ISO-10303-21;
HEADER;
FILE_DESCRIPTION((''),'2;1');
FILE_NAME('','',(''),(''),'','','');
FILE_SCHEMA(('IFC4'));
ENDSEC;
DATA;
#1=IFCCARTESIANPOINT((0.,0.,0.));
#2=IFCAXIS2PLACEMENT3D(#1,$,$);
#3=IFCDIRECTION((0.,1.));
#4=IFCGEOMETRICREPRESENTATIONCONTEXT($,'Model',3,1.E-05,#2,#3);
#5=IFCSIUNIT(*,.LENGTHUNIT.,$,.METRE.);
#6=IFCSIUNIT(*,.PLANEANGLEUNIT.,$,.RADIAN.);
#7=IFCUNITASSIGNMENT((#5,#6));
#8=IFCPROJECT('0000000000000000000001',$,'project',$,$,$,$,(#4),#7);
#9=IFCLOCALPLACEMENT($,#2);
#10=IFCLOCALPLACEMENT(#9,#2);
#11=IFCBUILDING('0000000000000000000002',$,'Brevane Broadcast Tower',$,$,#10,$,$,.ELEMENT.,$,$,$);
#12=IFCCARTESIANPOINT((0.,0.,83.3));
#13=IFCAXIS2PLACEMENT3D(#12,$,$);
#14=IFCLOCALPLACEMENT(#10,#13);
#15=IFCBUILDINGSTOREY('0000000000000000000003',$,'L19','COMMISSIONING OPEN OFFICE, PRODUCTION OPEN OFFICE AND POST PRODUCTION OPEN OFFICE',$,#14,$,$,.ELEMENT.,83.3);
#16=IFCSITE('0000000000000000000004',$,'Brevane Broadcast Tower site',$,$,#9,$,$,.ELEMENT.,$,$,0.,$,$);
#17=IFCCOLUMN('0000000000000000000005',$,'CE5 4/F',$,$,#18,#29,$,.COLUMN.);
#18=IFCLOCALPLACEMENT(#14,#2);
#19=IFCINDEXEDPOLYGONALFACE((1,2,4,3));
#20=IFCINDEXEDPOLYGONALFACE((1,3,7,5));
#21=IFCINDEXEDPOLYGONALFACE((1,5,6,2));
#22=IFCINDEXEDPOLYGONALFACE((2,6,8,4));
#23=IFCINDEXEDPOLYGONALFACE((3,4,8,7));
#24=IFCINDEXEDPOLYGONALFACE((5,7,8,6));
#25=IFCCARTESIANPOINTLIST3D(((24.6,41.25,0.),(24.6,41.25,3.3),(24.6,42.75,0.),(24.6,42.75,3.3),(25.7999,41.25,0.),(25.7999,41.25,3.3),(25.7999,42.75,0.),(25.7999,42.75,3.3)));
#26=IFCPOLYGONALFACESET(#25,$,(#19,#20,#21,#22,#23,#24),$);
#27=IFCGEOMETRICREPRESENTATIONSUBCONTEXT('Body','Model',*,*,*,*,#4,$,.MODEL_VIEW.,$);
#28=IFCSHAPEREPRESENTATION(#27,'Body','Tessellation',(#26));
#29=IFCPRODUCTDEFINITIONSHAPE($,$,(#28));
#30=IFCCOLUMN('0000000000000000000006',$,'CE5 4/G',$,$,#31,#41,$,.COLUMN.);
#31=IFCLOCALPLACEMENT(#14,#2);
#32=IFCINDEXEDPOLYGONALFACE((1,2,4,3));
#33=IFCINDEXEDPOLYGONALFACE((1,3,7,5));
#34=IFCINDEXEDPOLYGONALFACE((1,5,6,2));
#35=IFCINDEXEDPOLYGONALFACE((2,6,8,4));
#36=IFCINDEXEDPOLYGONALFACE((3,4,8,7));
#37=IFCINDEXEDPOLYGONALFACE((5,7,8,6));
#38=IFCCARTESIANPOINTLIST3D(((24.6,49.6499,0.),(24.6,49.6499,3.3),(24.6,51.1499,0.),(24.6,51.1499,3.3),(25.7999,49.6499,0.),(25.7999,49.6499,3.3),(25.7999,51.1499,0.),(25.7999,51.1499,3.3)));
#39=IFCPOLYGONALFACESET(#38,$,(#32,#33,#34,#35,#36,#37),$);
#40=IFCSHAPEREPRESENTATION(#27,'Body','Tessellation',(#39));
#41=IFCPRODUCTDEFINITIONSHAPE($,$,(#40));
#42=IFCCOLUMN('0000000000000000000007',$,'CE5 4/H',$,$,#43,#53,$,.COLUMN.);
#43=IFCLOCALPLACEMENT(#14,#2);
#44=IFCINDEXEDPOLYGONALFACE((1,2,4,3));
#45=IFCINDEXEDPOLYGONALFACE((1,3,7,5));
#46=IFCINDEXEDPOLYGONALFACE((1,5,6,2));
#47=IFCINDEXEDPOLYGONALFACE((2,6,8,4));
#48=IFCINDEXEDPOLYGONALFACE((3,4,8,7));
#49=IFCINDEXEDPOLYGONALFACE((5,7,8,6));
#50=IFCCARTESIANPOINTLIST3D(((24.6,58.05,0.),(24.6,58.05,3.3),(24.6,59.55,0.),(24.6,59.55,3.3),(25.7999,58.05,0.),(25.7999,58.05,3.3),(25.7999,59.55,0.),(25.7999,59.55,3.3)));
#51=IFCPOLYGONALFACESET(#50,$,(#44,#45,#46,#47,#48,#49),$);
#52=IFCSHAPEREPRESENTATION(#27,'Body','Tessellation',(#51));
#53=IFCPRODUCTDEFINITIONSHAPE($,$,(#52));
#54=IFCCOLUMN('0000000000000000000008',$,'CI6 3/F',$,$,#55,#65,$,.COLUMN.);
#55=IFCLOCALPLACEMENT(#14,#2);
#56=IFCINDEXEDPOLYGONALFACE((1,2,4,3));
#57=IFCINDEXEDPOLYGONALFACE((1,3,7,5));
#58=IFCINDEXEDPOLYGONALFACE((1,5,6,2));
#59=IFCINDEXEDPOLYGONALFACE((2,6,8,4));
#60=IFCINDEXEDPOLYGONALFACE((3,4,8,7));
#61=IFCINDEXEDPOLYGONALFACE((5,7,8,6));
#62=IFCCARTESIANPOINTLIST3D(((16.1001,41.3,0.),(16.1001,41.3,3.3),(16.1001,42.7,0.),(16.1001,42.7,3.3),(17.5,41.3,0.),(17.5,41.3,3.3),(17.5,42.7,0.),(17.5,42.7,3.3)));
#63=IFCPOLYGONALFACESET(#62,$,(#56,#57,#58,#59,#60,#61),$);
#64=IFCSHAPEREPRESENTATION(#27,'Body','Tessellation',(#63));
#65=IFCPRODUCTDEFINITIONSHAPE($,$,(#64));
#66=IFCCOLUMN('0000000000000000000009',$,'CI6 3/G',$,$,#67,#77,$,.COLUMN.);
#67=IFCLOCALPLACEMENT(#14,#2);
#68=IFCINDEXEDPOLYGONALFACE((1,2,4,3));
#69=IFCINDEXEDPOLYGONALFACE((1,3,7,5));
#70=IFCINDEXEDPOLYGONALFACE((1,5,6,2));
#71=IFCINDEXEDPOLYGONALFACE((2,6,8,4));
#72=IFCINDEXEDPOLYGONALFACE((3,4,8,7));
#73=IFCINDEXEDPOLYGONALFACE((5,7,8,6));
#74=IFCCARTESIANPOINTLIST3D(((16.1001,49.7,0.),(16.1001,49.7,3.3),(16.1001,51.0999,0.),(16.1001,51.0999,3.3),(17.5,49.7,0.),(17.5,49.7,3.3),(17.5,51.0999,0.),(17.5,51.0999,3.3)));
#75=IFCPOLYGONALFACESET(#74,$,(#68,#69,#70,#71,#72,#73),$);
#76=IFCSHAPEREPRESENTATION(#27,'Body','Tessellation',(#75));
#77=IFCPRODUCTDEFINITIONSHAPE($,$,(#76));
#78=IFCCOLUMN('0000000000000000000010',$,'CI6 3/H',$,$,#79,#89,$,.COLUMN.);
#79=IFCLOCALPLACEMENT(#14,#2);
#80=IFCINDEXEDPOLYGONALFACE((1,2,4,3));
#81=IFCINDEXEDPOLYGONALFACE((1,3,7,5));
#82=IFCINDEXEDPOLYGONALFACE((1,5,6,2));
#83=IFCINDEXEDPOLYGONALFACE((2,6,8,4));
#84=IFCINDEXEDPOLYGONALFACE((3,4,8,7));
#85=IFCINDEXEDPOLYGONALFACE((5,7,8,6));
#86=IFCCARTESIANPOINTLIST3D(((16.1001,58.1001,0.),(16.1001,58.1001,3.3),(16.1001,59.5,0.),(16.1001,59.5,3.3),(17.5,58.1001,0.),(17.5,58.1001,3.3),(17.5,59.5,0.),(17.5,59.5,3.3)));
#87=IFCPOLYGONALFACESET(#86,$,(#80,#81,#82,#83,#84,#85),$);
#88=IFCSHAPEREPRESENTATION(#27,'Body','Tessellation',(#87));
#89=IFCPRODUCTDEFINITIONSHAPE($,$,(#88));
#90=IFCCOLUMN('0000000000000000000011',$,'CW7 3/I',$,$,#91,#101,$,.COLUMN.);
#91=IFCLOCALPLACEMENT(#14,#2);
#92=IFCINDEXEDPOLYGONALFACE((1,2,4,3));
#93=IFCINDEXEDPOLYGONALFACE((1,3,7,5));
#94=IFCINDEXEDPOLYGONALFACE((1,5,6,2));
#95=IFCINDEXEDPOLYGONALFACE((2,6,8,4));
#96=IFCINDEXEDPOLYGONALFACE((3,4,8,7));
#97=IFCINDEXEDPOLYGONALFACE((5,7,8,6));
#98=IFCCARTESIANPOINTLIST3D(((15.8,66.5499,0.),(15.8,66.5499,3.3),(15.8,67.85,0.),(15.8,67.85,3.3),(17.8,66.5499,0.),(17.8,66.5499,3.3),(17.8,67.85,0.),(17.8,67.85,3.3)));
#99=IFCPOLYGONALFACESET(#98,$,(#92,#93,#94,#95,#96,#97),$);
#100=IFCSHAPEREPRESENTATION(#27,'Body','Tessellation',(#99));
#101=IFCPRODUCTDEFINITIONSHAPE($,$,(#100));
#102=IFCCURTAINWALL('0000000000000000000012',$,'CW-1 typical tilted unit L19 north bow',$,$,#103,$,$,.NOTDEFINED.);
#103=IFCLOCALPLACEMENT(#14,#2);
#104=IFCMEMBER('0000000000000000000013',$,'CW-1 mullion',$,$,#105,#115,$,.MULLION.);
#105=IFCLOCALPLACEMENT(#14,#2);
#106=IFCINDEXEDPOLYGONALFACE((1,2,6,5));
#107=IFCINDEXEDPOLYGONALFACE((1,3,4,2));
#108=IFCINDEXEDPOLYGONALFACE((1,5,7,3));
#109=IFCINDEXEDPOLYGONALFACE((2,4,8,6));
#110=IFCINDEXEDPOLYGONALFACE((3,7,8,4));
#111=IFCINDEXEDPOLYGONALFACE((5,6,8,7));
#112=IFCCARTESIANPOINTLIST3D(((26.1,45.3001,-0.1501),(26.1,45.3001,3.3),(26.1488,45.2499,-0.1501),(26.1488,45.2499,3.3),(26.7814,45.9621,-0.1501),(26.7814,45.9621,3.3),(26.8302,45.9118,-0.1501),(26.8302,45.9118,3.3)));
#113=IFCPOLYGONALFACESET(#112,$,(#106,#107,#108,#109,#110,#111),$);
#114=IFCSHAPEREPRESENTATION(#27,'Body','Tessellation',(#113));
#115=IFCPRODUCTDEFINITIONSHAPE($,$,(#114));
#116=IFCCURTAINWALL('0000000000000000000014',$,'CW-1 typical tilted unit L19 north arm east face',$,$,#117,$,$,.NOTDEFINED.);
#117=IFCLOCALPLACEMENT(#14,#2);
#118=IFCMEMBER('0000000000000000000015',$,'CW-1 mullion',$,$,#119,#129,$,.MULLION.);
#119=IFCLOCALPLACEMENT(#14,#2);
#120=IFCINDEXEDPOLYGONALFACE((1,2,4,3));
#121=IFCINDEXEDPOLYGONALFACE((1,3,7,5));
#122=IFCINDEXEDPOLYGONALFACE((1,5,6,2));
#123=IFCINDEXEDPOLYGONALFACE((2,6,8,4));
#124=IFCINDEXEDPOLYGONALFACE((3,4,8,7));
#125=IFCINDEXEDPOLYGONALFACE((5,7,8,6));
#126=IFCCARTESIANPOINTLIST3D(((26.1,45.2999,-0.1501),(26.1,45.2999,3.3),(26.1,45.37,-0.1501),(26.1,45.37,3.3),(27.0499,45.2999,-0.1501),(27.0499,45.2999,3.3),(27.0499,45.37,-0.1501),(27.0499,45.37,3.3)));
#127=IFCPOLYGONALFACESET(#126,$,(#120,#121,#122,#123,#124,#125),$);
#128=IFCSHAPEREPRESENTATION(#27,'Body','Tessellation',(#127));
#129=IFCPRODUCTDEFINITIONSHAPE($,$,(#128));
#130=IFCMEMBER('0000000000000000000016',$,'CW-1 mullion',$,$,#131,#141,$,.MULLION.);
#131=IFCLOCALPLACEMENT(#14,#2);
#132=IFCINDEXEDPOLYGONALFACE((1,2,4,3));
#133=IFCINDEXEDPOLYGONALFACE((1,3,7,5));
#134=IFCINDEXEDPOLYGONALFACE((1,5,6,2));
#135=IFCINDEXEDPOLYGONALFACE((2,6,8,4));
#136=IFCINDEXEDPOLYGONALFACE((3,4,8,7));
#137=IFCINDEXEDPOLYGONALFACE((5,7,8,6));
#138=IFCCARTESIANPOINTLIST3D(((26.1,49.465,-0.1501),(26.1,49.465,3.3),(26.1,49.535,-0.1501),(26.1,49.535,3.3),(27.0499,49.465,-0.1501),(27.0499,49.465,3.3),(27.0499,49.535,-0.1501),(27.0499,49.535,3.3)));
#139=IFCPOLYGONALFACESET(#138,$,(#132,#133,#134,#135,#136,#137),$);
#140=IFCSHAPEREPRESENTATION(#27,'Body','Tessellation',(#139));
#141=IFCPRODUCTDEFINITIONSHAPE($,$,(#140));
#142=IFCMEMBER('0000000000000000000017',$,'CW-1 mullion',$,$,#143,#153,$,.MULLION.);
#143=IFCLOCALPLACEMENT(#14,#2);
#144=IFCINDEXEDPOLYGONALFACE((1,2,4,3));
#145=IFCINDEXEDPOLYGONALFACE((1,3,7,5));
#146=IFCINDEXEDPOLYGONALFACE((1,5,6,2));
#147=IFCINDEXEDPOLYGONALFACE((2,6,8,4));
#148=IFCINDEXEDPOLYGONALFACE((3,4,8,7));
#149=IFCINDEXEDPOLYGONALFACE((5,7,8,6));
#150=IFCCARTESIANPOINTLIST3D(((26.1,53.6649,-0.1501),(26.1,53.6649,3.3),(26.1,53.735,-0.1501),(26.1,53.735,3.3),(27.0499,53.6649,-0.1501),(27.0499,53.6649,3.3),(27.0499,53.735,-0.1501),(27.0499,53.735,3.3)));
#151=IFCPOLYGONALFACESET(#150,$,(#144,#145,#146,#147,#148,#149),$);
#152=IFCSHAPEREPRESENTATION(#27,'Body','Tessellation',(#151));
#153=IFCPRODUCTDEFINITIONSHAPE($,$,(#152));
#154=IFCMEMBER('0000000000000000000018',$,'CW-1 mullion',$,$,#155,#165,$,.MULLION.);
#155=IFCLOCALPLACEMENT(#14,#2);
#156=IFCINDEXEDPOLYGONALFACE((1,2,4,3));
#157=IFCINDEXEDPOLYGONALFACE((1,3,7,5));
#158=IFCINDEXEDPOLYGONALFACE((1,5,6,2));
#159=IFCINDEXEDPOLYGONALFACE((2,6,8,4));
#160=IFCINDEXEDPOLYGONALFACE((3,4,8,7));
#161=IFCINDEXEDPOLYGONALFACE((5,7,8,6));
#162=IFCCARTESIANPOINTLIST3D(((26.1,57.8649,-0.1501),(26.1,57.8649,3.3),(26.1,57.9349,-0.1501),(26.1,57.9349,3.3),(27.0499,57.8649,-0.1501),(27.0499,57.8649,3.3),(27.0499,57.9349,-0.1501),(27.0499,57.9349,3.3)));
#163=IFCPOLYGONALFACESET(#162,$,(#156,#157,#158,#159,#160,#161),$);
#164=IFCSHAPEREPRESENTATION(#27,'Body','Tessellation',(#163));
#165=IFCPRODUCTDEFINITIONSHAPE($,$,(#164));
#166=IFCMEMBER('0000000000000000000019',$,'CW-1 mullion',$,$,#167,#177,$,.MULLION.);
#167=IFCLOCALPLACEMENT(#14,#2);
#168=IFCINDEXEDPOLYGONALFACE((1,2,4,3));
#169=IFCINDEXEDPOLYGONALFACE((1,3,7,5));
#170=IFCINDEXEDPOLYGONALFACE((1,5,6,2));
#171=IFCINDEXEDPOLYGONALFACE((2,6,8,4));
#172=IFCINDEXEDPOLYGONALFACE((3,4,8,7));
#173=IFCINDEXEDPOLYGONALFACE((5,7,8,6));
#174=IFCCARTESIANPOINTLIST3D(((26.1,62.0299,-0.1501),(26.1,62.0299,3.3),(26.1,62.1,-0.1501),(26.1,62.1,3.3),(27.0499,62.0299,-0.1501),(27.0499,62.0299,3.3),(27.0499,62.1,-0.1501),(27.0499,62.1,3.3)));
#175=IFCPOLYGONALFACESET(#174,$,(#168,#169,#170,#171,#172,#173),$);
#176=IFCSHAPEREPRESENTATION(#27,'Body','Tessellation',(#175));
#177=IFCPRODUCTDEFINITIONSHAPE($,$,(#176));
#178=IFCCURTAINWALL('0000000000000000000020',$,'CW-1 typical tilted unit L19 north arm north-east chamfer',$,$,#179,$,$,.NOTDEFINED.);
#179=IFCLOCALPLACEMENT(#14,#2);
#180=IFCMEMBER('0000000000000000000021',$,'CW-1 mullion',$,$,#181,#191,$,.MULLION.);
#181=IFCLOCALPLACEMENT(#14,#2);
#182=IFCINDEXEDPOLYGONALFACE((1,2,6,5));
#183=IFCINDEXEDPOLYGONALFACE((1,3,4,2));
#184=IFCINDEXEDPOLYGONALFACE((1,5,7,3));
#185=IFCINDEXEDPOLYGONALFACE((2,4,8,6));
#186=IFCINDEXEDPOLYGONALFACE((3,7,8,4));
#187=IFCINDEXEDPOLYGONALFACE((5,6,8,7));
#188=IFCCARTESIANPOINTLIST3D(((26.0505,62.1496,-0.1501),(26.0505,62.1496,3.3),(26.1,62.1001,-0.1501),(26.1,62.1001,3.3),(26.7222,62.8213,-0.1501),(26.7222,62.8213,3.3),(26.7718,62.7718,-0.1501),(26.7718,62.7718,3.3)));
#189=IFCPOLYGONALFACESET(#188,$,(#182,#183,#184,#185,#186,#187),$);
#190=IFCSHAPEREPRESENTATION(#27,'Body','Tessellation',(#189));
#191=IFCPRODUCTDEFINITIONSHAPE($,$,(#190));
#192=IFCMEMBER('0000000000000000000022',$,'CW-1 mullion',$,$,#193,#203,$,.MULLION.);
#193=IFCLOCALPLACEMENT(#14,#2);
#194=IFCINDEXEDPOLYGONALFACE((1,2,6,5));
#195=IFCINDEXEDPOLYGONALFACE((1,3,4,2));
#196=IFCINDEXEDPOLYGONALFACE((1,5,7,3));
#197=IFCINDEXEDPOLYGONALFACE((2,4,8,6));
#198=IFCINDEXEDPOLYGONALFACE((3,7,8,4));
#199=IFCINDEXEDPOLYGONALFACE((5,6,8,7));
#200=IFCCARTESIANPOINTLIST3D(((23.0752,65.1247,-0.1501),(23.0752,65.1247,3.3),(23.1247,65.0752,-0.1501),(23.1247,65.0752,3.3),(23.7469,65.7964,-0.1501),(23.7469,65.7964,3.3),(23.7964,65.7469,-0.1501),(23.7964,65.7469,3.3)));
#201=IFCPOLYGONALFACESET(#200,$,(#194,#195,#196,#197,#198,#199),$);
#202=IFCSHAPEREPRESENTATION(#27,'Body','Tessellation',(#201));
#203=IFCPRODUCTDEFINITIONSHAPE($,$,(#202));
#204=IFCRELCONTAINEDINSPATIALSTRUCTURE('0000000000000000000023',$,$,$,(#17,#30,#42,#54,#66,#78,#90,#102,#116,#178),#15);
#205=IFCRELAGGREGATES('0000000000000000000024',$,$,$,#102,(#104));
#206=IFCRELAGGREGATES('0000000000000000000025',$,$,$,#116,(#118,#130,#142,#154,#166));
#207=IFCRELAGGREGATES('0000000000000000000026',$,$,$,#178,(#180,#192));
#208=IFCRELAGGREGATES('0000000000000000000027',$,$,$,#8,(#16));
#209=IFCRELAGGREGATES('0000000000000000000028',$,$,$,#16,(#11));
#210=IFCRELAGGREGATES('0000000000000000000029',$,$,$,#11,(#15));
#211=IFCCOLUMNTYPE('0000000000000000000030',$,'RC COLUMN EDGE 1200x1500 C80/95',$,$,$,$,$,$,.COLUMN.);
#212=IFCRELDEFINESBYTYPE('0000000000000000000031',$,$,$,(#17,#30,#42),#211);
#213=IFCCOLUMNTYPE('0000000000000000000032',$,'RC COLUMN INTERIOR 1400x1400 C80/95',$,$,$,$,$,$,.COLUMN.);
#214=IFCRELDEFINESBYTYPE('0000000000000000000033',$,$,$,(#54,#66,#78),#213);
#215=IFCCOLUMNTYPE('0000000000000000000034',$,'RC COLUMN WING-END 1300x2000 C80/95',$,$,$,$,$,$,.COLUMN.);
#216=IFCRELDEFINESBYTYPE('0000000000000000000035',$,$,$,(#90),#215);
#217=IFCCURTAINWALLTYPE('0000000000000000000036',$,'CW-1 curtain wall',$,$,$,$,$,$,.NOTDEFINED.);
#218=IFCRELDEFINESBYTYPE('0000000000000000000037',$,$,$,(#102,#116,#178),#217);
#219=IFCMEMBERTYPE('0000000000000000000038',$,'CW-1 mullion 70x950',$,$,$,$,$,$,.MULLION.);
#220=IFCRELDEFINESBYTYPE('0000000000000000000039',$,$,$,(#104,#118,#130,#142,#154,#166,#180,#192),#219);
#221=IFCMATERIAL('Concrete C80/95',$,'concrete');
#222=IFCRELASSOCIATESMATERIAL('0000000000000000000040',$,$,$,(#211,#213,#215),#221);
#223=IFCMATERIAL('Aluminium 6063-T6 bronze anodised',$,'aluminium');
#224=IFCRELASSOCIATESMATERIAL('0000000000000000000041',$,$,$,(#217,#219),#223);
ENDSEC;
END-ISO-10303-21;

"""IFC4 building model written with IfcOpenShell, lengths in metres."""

from ifc_helpers import new_model, si_unit, direction, frame, origin, origin_2d, place, context, subcontext, project, spatial, rectangle, extrude, material, material_profile, profile_set, type_object, element, aggregate, save


model = new_model("IFC4")

# Units and contexts
model_context = context("Model", 3, precision=1e-05, world=origin(), true_north=direction((0.0, 1.0)))
body_context = subcontext(model_context, "Body", "Model", "MODEL_VIEW")
ifc_project = project(units=[si_unit("LENGTHUNIT", "METRE"), si_unit("PLANEANGLEUNIT", "RADIAN")], contexts=[model_context])

# Site, building, storey
site_placement = place(None, origin())
site = spatial("IfcSite", under=ifc_project, at=site_placement, Name="Brevane Broadcast Tower site", CompositionType="ELEMENT", RefElevation=0.0)
building_placement = place(site_placement, origin())
building = spatial("IfcBuilding", under=site, at=building_placement, Name="Brevane Broadcast Tower", CompositionType="ELEMENT")
storey_placement = place(building_placement, frame((0.0, 0.0, 83.3)))
storey = spatial("IfcBuildingStorey", under=building, at=storey_placement, Name="L19", Description="COMMISSIONING OPEN OFFICE, PRODUCTION OPEN OFFICE AND POST PRODUCTION OPEN OFFICE", CompositionType="ELEMENT", Elevation=83.3)

# Columns
ifc_material_1 = material(Name="Concrete C80/95", Category="concrete")
ifc_material_profile_1 = material_profile(ifc_material_1, rectangle(XDim=1.2, YDim=1.5, at=origin_2d()), Name="RC 1200x1500")
ifc_profile_set_1 = profile_set([ifc_material_profile_1], Name="Concrete C80/95")
column_type_1 = type_object("IfcColumnType", Name="RC COLUMN EDGE 1200x1500 C80/95", PredefinedType="COLUMN", material=ifc_profile_set_1)
for number, where, z_axis, x_axis, name in (
    (1, (25.2, 42.0, 0.0), (0.0, 0.0, 1.0), (1.0, 0.0, 0.0), "CE5 4/F"),
    (2, (25.2, 50.3999, 0.0), (0.0, 0.0, 1.0), (1.0, 0.0, 0.0), "CE5 4/G"),
    (3, (25.2, 58.8, 0.0), (0.0, 0.0, 1.0), (1.0, 0.0, 0.0), "CE5 4/H"),
):
    element("IfcColumn", number, at=place(storey_placement, frame(where, z_axis=z_axis, x_axis=x_axis)), inside=storey, type_object=column_type_1, Name=name, PredefinedType="COLUMN", context=body_context, shape_type="SweptSolid", body=[
        extrude(rectangle(XDim=1.2, YDim=1.5, at=origin_2d()), origin(), (0.0, 0.0, 1.0), 3.3),
    ])
ifc_material_profile_2 = material_profile(ifc_material_1, rectangle(XDim=1.3999, YDim=1.3999, at=origin_2d()), Name="RC 1400x1400")
ifc_profile_set_2 = profile_set([ifc_material_profile_2], Name="Concrete C80/95")
column_type_2 = type_object("IfcColumnType", Name="RC COLUMN INTERIOR 1400x1400 C80/95", PredefinedType="COLUMN", material=ifc_profile_set_2)
for number, where, z_axis, x_axis, name in (
    (4, (16.8, 42.0, 0.0), (0.0, 0.0, 1.0), (1.0, 0.0, 0.0), "CI6 3/F"),
    (5, (16.8, 50.3999, 0.0), (0.0, 0.0, 1.0), (1.0, 0.0, 0.0), "CI6 3/G"),
    (6, (16.8, 58.8, 0.0), (0.0, 0.0, 1.0), (1.0, 0.0, 0.0), "CI6 3/H"),
):
    element("IfcColumn", number, at=place(storey_placement, frame(where, z_axis=z_axis, x_axis=x_axis)), inside=storey, type_object=column_type_2, Name=name, PredefinedType="COLUMN", context=body_context, shape_type="SweptSolid", body=[
        extrude(rectangle(XDim=1.3999, YDim=1.3999, at=origin_2d()), origin(), (0.0, 0.0, 1.0), 3.3),
    ])
ifc_material_profile_3 = material_profile(ifc_material_1, rectangle(XDim=1.3, YDim=2.0, at=origin_2d()), Name="RC 1300x2000")
ifc_profile_set_3 = profile_set([ifc_material_profile_3], Name="Concrete C80/95")
column_type_3 = type_object("IfcColumnType", Name="RC COLUMN WING-END 1300x2000 C80/95", PredefinedType="COLUMN", material=ifc_profile_set_3)
column_placement = place(storey_placement, frame((16.8, 67.2, 0.0), z_axis=(0.0, 0.0, 1.0), x_axis=(0.0, 1.0, 0.0)))
element("IfcColumn", 7, at=column_placement, inside=storey, type_object=column_type_3, Name="CW7 3/I", PredefinedType="COLUMN", context=body_context, shape_type="SweptSolid", body=[
    extrude(rectangle(XDim=1.3, YDim=2.0, at=origin_2d()), origin(), (0.0, 0.0, 1.0), 3.3),
])

# Curtain wall, member
ifc_material_2 = material(Name="Aluminium 6063-T6 bronze anodised", Category="aluminium")
curtain_wall_type = type_object("IfcCurtainWallType", Name="CW-1 curtain wall", PredefinedType="NOTDEFINED", material=ifc_material_2)
curtain_wall_1_placement = place(storey_placement, origin())
curtain_wall_1 = element("IfcCurtainWall", 8, at=curtain_wall_1_placement, inside=storey, type_object=curtain_wall_type, Name="CW-1 typical tilted unit L19 north bow", PredefinedType="NOTDEFINED")
ifc_material_profile_4 = material_profile(ifc_material_2, rectangle(XDim=0.95, YDim=0.0701, at=origin_2d()), Name="RECT 70x950")
ifc_profile_set_4 = profile_set([ifc_material_profile_4], Name="Aluminium 6063-T6 bronze anodised")
member_type_1 = type_object("IfcMemberType", Name="CW-1 mullion 70x950", PredefinedType="MULLION", material=ifc_profile_set_4)
member_1_placement = place(storey_placement, frame((26.4651, 45.606, -0.1501), z_axis=(0.0, 0.0, 1.0), x_axis=(-0.717254, -0.696812, 0.0)))
member_1 = element("IfcMember", 9, at=member_1_placement, type_object=member_type_1, Name="CW-1 mullion", PredefinedType="MULLION", context=body_context, shape_type="SweptSolid", body=[
    extrude(rectangle(XDim=0.95, YDim=0.0701, at=origin_2d()), origin(), (0.0, 0.0, 1.0), 3.4502),
])
aggregate(curtain_wall_1, [member_1])

# Curtain walls, members
curtain_wall_2_placement = place(storey_placement, origin())
curtain_wall_2 = element("IfcCurtainWall", 10, at=curtain_wall_2_placement, inside=storey, type_object=curtain_wall_type, Name="CW-1 typical tilted unit L19 north arm east face", PredefinedType="NOTDEFINED")
member_2_placement = place(storey_placement, frame((26.575, 45.335, -0.1501), z_axis=(0.0, 0.0, 1.0), x_axis=(-1.0, 0.0, 0.0)))
member_2 = element("IfcMember", 11, at=member_2_placement, type_object=member_type_1, Name="CW-1 mullion", PredefinedType="MULLION", context=body_context, shape_type="SweptSolid", body=[
    extrude(rectangle(XDim=0.95, YDim=0.0701, at=origin_2d()), origin(), (0.0, 0.0, 1.0), 3.4502),
])
member_3_placement = place(storey_placement, frame((26.575, 49.5, -0.1501), z_axis=(0.0, 0.0, 1.0), x_axis=(-1.0, 0.0, 0.0)))
member_3 = element("IfcMember", 12, at=member_3_placement, type_object=member_type_1, Name="CW-1 mullion", PredefinedType="MULLION", context=body_context, shape_type="SweptSolid", body=[
    extrude(rectangle(XDim=0.95, YDim=0.0701, at=origin_2d()), origin(), (0.0, 0.0, 1.0), 3.4502),
])
member_4_placement = place(storey_placement, frame((26.575, 53.7, -0.1501), z_axis=(0.0, 0.0, 1.0), x_axis=(-1.0, 0.0, 0.0)))
member_4 = element("IfcMember", 13, at=member_4_placement, type_object=member_type_1, Name="CW-1 mullion", PredefinedType="MULLION", context=body_context, shape_type="SweptSolid", body=[
    extrude(rectangle(XDim=0.95, YDim=0.0701, at=origin_2d()), origin(), (0.0, 0.0, 1.0), 3.4502),
])
member_5_placement = place(storey_placement, frame((26.575, 57.8999, -0.1501), z_axis=(0.0, 0.0, 1.0), x_axis=(-1.0, 0.0, 0.0)))
member_5 = element("IfcMember", 14, at=member_5_placement, type_object=member_type_1, Name="CW-1 mullion", PredefinedType="MULLION", context=body_context, shape_type="SweptSolid", body=[
    extrude(rectangle(XDim=0.95, YDim=0.0701, at=origin_2d()), origin(), (0.0, 0.0, 1.0), 3.4502),
])
member_6_placement = place(storey_placement, frame((26.575, 62.0649, -0.1501), z_axis=(0.0, 0.0, 1.0), x_axis=(-1.0, 0.0, 0.0)))
member_6 = element("IfcMember", 15, at=member_6_placement, type_object=member_type_1, Name="CW-1 mullion", PredefinedType="MULLION", context=body_context, shape_type="SweptSolid", body=[
    extrude(rectangle(XDim=0.95, YDim=0.0701, at=origin_2d()), origin(), (0.0, 0.0, 1.0), 3.4502),
])
curtain_wall_3_placement = place(storey_placement, origin())
curtain_wall_3 = element("IfcCurtainWall", 16, at=curtain_wall_3_placement, inside=storey, type_object=curtain_wall_type, Name="CW-1 typical tilted unit L19 north arm north-east chamfer", PredefinedType="NOTDEFINED")
member_7_placement = place(storey_placement, frame((26.4111, 62.4607, -0.1501), z_axis=(0.0, 0.0, 1.0), x_axis=(-0.707107, -0.707107, 0.0)))
member_7 = element("IfcMember", 17, at=member_7_placement, type_object=member_type_1, Name="CW-1 mullion", PredefinedType="MULLION", context=body_context, shape_type="SweptSolid", body=[
    extrude(rectangle(XDim=0.95, YDim=0.0701, at=origin_2d()), origin(), (0.0, 0.0, 1.0), 3.4502),
])
member_8_placement = place(storey_placement, frame((23.4358, 65.4358, -0.1501), z_axis=(0.0, 0.0, 1.0), x_axis=(-0.707107, -0.707107, 0.0)))
member_8 = element("IfcMember", 18, at=member_8_placement, type_object=member_type_1, Name="CW-1 mullion", PredefinedType="MULLION", context=body_context, shape_type="SweptSolid", body=[
    extrude(rectangle(XDim=0.95, YDim=0.0701, at=origin_2d()), origin(), (0.0, 0.0, 1.0), 3.4502),
])

aggregate(curtain_wall_2, [member_2, member_3, member_4, member_5, member_6])
aggregate(curtain_wall_3, [member_7, member_8])

save(model, "model.ifc")
